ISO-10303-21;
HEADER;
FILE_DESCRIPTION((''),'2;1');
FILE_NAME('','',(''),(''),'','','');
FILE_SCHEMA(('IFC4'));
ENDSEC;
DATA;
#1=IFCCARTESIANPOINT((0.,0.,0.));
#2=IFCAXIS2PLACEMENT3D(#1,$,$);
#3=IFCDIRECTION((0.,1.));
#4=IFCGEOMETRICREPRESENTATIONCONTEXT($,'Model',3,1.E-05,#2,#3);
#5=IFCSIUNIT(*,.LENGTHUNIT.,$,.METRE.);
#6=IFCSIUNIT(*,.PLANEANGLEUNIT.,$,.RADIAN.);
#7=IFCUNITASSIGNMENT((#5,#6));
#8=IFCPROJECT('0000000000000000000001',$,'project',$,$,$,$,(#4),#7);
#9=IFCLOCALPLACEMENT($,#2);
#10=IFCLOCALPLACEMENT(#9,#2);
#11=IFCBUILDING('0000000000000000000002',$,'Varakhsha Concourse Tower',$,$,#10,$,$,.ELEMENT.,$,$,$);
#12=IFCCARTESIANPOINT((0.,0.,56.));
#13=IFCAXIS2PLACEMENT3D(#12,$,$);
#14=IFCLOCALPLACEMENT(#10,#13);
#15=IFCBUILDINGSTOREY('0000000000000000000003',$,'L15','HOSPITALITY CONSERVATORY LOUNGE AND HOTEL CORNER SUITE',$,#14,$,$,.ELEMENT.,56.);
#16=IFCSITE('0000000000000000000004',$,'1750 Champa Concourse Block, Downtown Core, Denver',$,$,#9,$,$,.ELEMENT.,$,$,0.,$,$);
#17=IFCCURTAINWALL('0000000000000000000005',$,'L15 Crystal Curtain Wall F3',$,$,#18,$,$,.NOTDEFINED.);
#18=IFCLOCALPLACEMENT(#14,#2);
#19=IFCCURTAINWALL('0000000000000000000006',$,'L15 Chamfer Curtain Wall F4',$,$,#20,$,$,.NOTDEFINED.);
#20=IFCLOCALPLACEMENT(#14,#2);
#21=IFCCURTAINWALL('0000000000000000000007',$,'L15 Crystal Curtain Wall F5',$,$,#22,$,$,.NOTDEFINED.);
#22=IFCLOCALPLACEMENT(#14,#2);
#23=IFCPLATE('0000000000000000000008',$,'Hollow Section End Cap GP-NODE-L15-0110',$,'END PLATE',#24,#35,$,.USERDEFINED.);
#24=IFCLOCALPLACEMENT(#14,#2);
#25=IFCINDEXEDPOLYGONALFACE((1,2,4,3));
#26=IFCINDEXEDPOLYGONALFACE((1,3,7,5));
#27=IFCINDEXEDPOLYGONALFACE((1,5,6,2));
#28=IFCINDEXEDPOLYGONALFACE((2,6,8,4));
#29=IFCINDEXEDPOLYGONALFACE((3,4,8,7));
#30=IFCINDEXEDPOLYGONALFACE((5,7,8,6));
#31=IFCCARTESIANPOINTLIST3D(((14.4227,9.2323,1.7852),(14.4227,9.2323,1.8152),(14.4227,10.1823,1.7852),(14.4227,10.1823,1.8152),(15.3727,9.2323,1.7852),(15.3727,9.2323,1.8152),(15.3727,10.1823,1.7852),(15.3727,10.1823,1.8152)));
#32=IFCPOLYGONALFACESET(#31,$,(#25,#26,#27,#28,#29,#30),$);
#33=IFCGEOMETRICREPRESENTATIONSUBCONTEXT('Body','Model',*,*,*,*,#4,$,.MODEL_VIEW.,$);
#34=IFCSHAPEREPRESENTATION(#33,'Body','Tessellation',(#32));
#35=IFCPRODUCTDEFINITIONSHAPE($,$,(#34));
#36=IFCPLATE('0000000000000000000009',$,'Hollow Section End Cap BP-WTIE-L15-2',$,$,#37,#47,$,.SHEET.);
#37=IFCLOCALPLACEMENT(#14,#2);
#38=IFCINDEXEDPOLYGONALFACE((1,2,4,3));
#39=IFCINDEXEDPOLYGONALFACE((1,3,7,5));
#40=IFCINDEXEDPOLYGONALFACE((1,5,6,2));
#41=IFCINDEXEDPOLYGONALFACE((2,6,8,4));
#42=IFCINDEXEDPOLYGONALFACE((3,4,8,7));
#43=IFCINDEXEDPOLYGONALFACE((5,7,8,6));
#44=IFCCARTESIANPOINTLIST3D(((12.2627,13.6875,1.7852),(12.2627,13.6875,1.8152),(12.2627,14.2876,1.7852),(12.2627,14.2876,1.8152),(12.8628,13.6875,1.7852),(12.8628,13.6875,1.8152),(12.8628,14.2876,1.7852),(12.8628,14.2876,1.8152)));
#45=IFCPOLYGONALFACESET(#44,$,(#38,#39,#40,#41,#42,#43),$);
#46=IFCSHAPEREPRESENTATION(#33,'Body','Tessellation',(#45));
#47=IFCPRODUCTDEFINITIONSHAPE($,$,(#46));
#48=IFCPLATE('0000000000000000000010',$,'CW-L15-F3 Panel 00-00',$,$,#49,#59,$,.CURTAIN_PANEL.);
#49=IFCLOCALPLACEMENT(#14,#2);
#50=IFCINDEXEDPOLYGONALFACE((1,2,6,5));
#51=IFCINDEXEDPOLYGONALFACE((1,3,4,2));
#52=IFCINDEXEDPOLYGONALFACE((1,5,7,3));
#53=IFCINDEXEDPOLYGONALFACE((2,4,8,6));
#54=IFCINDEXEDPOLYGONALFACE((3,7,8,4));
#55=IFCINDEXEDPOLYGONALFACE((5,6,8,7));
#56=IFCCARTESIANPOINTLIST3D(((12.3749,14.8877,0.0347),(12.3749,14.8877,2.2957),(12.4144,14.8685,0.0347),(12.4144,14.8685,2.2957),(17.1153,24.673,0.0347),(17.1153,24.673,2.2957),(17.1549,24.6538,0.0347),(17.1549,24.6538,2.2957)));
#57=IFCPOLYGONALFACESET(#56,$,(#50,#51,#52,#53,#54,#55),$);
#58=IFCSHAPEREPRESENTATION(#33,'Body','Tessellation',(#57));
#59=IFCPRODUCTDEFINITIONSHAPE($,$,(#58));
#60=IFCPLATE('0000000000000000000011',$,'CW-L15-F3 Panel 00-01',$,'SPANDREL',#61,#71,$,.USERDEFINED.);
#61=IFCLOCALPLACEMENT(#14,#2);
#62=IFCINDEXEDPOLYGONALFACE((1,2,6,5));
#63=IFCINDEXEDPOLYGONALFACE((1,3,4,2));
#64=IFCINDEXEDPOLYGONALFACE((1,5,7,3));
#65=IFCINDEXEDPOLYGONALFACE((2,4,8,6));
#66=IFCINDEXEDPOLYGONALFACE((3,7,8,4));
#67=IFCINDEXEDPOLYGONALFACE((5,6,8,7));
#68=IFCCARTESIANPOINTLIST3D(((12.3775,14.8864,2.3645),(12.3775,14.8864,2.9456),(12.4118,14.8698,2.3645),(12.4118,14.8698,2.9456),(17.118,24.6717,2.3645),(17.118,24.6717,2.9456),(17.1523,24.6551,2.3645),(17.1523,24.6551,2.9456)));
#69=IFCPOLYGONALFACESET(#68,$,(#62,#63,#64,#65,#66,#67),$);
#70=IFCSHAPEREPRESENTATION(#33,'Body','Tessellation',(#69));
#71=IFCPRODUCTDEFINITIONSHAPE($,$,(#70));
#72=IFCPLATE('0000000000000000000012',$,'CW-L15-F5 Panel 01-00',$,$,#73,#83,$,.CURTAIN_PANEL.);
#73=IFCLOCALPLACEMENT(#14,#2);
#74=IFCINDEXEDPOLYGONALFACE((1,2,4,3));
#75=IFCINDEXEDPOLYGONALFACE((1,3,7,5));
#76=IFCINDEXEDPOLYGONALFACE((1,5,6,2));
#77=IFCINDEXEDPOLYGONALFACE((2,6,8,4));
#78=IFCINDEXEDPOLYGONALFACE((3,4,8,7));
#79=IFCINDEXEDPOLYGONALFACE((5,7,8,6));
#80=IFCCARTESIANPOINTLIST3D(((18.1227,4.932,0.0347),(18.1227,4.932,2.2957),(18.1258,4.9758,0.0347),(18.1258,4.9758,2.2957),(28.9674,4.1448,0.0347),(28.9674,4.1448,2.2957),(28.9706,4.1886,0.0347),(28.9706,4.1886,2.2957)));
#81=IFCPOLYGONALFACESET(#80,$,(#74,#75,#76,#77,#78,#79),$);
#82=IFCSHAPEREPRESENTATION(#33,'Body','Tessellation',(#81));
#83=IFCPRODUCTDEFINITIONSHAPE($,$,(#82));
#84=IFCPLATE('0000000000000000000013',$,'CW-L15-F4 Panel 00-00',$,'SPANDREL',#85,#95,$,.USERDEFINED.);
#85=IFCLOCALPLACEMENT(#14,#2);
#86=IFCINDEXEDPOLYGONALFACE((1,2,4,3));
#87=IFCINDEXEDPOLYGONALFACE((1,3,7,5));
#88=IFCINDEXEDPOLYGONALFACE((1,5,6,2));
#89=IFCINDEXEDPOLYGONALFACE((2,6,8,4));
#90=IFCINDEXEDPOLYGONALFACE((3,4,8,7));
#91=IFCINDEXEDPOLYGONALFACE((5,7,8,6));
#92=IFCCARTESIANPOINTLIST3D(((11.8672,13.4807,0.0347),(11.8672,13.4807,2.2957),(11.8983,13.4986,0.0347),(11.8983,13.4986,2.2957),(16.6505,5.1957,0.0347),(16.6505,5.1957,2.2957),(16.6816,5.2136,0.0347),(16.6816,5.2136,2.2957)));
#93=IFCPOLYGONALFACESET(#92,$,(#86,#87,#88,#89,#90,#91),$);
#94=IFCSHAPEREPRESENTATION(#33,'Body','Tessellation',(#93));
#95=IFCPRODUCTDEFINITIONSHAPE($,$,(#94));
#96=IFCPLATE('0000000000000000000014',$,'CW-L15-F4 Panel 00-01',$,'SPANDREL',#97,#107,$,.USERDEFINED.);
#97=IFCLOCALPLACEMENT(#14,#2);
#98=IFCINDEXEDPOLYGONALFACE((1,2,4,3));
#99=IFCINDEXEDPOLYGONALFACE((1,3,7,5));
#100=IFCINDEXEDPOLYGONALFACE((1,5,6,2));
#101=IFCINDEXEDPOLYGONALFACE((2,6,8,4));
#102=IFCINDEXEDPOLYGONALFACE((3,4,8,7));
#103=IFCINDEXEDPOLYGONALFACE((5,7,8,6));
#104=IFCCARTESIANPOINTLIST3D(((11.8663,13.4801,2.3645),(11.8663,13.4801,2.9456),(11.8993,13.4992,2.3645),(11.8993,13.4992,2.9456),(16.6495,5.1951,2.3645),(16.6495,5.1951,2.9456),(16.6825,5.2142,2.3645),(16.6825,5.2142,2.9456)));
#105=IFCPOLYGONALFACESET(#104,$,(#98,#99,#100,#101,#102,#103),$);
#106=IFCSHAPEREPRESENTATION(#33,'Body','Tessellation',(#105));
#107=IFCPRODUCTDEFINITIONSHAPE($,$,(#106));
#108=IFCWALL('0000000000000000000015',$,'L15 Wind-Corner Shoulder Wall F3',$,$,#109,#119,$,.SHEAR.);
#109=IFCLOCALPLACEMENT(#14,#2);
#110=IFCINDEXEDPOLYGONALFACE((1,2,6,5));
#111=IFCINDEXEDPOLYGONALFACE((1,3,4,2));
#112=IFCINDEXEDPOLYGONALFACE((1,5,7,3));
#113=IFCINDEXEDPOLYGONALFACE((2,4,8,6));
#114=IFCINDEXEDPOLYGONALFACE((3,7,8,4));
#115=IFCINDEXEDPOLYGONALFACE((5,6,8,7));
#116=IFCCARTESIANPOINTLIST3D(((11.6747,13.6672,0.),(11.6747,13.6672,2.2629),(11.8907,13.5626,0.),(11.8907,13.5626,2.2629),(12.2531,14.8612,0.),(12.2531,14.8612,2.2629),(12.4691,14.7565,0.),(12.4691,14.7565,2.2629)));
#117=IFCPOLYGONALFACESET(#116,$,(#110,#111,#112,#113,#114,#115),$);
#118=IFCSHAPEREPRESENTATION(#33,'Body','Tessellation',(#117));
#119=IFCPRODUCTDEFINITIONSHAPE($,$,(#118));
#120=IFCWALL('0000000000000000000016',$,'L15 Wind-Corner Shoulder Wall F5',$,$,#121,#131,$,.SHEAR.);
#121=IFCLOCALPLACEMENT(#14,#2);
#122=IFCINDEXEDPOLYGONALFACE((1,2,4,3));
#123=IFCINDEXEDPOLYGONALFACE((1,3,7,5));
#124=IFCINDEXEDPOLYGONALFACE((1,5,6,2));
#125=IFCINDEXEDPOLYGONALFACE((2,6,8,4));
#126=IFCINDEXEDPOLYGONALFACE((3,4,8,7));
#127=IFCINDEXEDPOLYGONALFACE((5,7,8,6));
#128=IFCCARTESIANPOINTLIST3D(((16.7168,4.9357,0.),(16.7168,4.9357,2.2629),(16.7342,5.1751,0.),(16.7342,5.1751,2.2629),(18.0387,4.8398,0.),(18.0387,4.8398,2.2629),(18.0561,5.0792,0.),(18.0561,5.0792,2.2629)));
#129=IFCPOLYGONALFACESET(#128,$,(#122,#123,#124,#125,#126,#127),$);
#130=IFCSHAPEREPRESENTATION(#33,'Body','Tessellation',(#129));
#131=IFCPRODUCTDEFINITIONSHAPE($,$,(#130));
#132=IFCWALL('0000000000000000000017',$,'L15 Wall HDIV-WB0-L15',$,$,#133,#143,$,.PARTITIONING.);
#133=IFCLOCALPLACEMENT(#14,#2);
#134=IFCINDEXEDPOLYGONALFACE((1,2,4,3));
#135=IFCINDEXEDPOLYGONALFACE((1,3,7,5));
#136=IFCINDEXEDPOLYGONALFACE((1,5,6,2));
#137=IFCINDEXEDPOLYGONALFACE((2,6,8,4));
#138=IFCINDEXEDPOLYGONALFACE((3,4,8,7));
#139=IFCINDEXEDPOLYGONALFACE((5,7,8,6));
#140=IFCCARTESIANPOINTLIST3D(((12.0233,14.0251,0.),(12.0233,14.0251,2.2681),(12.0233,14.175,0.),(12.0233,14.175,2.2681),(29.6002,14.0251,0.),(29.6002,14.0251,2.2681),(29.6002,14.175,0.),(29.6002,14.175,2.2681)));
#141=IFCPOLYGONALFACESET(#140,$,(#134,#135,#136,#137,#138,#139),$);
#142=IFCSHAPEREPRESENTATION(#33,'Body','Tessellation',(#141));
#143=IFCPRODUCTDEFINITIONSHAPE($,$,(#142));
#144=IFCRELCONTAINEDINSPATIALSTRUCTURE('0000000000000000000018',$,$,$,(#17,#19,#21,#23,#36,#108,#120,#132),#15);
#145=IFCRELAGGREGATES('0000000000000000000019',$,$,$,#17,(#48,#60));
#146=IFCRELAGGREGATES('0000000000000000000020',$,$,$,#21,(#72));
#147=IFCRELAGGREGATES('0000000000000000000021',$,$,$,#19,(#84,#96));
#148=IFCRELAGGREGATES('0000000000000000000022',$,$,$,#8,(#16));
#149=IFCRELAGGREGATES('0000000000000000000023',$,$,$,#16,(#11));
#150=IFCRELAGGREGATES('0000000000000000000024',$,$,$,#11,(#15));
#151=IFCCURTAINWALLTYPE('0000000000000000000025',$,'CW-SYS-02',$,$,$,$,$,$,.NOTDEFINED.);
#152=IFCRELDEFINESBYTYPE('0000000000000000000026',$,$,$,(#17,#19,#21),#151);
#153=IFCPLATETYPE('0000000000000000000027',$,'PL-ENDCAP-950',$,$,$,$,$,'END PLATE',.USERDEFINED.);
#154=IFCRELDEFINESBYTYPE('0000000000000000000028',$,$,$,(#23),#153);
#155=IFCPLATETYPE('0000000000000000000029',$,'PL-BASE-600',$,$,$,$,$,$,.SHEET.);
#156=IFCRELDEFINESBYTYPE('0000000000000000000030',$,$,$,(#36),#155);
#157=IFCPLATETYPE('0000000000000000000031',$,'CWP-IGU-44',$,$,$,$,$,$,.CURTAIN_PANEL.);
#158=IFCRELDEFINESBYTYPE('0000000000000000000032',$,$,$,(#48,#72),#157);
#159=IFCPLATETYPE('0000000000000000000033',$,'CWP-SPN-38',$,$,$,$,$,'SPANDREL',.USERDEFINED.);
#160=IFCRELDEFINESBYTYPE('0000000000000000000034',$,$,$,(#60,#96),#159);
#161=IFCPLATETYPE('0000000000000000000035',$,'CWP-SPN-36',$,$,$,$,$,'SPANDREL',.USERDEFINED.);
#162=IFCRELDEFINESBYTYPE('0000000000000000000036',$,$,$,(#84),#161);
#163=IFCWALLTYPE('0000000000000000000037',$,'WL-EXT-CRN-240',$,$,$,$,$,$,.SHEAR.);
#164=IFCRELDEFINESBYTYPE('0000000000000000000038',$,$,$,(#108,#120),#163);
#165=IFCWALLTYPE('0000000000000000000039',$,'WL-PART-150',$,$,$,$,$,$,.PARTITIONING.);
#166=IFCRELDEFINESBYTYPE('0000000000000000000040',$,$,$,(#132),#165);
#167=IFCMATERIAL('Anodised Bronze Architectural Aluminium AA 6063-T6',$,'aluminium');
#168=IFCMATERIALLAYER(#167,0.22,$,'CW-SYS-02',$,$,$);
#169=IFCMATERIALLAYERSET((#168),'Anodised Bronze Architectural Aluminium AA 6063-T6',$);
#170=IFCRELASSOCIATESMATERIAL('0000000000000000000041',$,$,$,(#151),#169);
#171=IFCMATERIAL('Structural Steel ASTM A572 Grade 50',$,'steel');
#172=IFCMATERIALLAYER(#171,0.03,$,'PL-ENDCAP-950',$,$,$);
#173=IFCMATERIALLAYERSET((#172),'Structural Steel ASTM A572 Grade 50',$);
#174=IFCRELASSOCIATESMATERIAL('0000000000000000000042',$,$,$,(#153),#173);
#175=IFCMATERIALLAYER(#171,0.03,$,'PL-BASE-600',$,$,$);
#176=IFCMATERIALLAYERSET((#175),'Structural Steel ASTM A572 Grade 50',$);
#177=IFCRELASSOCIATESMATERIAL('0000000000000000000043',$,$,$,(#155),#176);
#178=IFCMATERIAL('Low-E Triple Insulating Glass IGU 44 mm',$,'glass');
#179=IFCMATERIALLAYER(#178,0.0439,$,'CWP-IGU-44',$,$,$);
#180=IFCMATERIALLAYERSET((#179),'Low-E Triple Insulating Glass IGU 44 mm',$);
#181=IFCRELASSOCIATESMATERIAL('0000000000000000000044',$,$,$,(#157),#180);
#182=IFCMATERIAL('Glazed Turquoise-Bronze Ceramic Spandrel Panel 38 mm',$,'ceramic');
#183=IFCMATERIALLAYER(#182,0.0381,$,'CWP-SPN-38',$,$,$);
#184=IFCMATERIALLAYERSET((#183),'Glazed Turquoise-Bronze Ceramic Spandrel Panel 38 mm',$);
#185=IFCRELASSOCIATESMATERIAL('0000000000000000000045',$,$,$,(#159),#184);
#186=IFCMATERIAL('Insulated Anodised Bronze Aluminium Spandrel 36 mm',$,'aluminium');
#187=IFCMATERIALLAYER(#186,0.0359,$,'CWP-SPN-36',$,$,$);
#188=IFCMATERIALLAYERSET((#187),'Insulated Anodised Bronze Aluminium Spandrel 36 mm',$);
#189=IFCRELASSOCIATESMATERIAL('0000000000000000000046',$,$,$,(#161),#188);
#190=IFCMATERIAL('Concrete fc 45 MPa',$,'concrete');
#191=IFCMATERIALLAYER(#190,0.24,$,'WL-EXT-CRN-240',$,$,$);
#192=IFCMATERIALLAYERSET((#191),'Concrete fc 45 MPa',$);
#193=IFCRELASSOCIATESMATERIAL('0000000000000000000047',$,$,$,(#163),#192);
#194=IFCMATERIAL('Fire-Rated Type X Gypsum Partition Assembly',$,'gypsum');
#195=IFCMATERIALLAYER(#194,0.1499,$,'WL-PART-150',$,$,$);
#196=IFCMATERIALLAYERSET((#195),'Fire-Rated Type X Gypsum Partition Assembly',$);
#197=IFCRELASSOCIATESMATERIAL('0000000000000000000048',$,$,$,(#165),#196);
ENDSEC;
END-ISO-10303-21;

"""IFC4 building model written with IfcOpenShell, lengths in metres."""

from ifc_helpers import new_model, si_unit, direction, frame, frame_2d, origin, origin_2d, place, context, subcontext, project, spatial, rectangle, extrude, source, transform, mapped, material, layer, layer_set, type_object, type_shapes, element, aggregate, save


model = new_model("IFC4")

# Units and contexts
model_context = context("Model", 3, precision=1e-05, world=origin(), true_north=direction((0.0, 1.0)))
body_context = subcontext(model_context, "Body", "Model", "MODEL_VIEW")
ifc_project = project(units=[si_unit("LENGTHUNIT", "METRE"), si_unit("PLANEANGLEUNIT", "RADIAN")], contexts=[model_context])

# Site, building, storey
site_placement = place(None, origin())
site = spatial("IfcSite", under=ifc_project, at=site_placement, Name="1750 Champa Concourse Block, Downtown Core, Denver", CompositionType="ELEMENT", RefElevation=0.0)
building_placement = place(site_placement, origin())
building = spatial("IfcBuilding", under=site, at=building_placement, Name="Varakhsha Concourse Tower", CompositionType="ELEMENT")
storey_placement = place(building_placement, frame((0.0, 0.0, 56.0)))
storey = spatial("IfcBuildingStorey", under=building, at=storey_placement, Name="L15", Description="HOSPITALITY CONSERVATORY LOUNGE AND HOTEL CORNER SUITE", CompositionType="ELEMENT", Elevation=56.0)

# Shared definitions
ifc_material_1 = material(Name="Structural Steel ASTM A572 Grade 50", Category="steel")

# Curtain wall
ifc_material_2 = material(Name="Anodised Bronze Architectural Aluminium AA 6063-T6", Category="aluminium")
ifc_layer_1 = layer(ifc_material_2, 0.22, Name="CW-SYS-02")
ifc_layer_set_1 = layer_set([ifc_layer_1], Name="Anodised Bronze Architectural Aluminium AA 6063-T6")
curtain_wall_type = type_object("IfcCurtainWallType", Name="CW-SYS-02", PredefinedType="NOTDEFINED", material=ifc_layer_set_1)
curtain_wall_1_placement = place(storey_placement, origin())
curtain_wall_1 = element("IfcCurtainWall", 1, at=curtain_wall_1_placement, inside=storey, type_object=curtain_wall_type, Name="L15 Crystal Curtain Wall F3", PredefinedType="NOTDEFINED")

# Curtain wall
curtain_wall_2_placement = place(storey_placement, origin())
curtain_wall_2 = element("IfcCurtainWall", 2, at=curtain_wall_2_placement, inside=storey, type_object=curtain_wall_type, Name="L15 Chamfer Curtain Wall F4", PredefinedType="NOTDEFINED")

# Curtain wall
curtain_wall_3_placement = place(storey_placement, origin())
curtain_wall_3 = element("IfcCurtainWall", 3, at=curtain_wall_3_placement, inside=storey, type_object=curtain_wall_type, Name="L15 Crystal Curtain Wall F5", PredefinedType="NOTDEFINED")

# Shared definitions
ifc_material_3 = material(Name="Concrete fc 45 MPa", Category="concrete")

# Plates
ifc_layer_2 = layer(ifc_material_1, 0.03, Name="PL-ENDCAP-950")
ifc_layer_set_2 = layer_set([ifc_layer_2], Name="Structural Steel ASTM A572 Grade 50")
plate_type_1 = type_object("IfcPlateType", Name="PL-ENDCAP-950", ElementType="END PLATE", PredefinedType="USERDEFINED", material=ifc_layer_set_2)
shared_shape_1 = source(origin(), body_context, "Body", "SweptSolid", [
    extrude(rectangle(XDim=0.95, YDim=0.95, at=origin_2d()), origin(), (0.0, 0.0, 1.0), 0.03),
])
type_shapes(plate_type_1, [shared_shape_1])
for number, where, z_axis, x_axis, name in (
    (4, (14.8977, 9.7073, 1.7852), (0.0, 0.0, 1.0), (1.0, 0.0, 0.0), "Hollow Section End Cap GP-NODE-L15-0110"),
):
    element("IfcPlate", number, at=place(storey_placement, frame(where, z_axis=z_axis, x_axis=x_axis)), inside=storey, type_object=plate_type_1, Name=name, ObjectType="END PLATE", PredefinedType="USERDEFINED", context=body_context, shape_type="MappedRepresentation", body=[
        mapped(shared_shape_1, transform((0.0, 0.0, 0.0), scale=1.0)),
    ])
ifc_layer_3 = layer(ifc_material_1, 0.03, Name="PL-BASE-600")
ifc_layer_set_3 = layer_set([ifc_layer_3], Name="Structural Steel ASTM A572 Grade 50")
plate_type_2 = type_object("IfcPlateType", Name="PL-BASE-600", PredefinedType="SHEET", material=ifc_layer_set_3)
shared_shape_2 = source(origin(), body_context, "Body", "SweptSolid", [
    extrude(rectangle(XDim=0.6001, YDim=0.6001, at=origin_2d()), origin(), (0.0, 0.0, 1.0), 0.03),
])
type_shapes(plate_type_2, [shared_shape_2])
plate_1_placement = place(storey_placement, frame((12.5627, 13.9875, 1.7852), z_axis=(0.0, 0.0, 1.0), x_axis=(1.0, 0.0, 0.0)))
element("IfcPlate", 5, at=plate_1_placement, inside=storey, type_object=plate_type_2, Name="Hollow Section End Cap BP-WTIE-L15-2", PredefinedType="SHEET", context=body_context, shape_type="MappedRepresentation", body=[
    mapped(shared_shape_2, transform((0.0, 0.0, 0.0), scale=1.0)),
])

# Plates
ifc_material_4 = material(Name="Low-E Triple Insulating Glass IGU 44 mm", Category="glass")
ifc_layer_4 = layer(ifc_material_4, 0.0439, Name="CWP-IGU-44")
ifc_layer_set_4 = layer_set([ifc_layer_4], Name="Low-E Triple Insulating Glass IGU 44 mm")
plate_type_3 = type_object("IfcPlateType", Name="CWP-IGU-44", PredefinedType="CURTAIN_PANEL", material=ifc_layer_set_4)
shared_shape_3 = source(origin(), body_context, "Body", "SweptSolid", [
    extrude(rectangle(XDim=10.873, YDim=0.0439, at=origin_2d()), origin(), (0.0, 0.0, 1.0), 2.261),
])
plate_2_placement = place(storey_placement, frame((14.7649, 19.7708, 0.0347), z_axis=(0.0, 0.0, 1.0), x_axis=(0.435982, 0.899955, 0.0)))
plate_2 = element("IfcPlate", 6, at=plate_2_placement, type_object=plate_type_3, Name="CW-L15-F3 Panel 00-00", PredefinedType="CURTAIN_PANEL", context=body_context, shape_type="MappedRepresentation", body=[
    mapped(shared_shape_3, transform((0.0, 0.0, 0.0), scale=1.0)),
])
ifc_material_5 = material(Name="Glazed Turquoise-Bronze Ceramic Spandrel Panel 38 mm", Category="ceramic")
ifc_layer_5 = layer(ifc_material_5, 0.0381, Name="CWP-SPN-38")
ifc_layer_set_5 = layer_set([ifc_layer_5], Name="Glazed Turquoise-Bronze Ceramic Spandrel Panel 38 mm")
plate_type_4 = type_object("IfcPlateType", Name="CWP-SPN-38", ElementType="SPANDREL", PredefinedType="USERDEFINED", material=ifc_layer_set_5)
shared_shape_4 = source(origin(), body_context, "Body", "SweptSolid", [
    extrude(rectangle(XDim=10.873, YDim=0.0381, at=origin_2d()), origin(), (0.0, 0.0, 1.0), 0.5811),
])
plate_3_placement = place(storey_placement, frame((14.7649, 19.7708, 2.3645), z_axis=(0.0, 0.0, 1.0), x_axis=(0.435982, 0.899955, 0.0)))
plate_3 = element("IfcPlate", 7, at=plate_3_placement, type_object=plate_type_4, Name="CW-L15-F3 Panel 00-01", ObjectType="SPANDREL", PredefinedType="USERDEFINED", context=body_context, shape_type="MappedRepresentation", body=[
    mapped(shared_shape_4, transform((0.0, 0.0, 0.0), scale=1.0)),
])
aggregate(curtain_wall_1, [plate_2, plate_3])
shared_shape_5 = source(origin(), body_context, "Body", "SweptSolid", [
    extrude(rectangle(XDim=10.8733, YDim=0.0439, at=origin_2d()), origin(), (0.0, 0.0, 1.0), 2.261),
])
type_shapes(plate_type_3, [shared_shape_3, shared_shape_5])
plate_4_placement = place(storey_placement, frame((23.5466, 4.5603, 0.0347), z_axis=(0.0, 0.0, 1.0), x_axis=(-0.997376, 0.072401, 0.0)))
plate_4 = element("IfcPlate", 8, at=plate_4_placement, type_object=plate_type_3, Name="CW-L15-F5 Panel 01-00", PredefinedType="CURTAIN_PANEL", context=body_context, shape_type="MappedRepresentation", body=[
    mapped(shared_shape_5, transform((0.0, 0.0, 0.0), scale=1.0)),
])
aggregate(curtain_wall_3, [plate_4])
ifc_material_6 = material(Name="Insulated Anodised Bronze Aluminium Spandrel 36 mm", Category="aluminium")
ifc_layer_6 = layer(ifc_material_6, 0.0359, Name="CWP-SPN-36")
ifc_layer_set_6 = layer_set([ifc_layer_6], Name="Insulated Anodised Bronze Aluminium Spandrel 36 mm")
plate_type_5 = type_object("IfcPlateType", Name="CWP-SPN-36", ElementType="SPANDREL", PredefinedType="USERDEFINED", material=ifc_layer_set_6)
shared_shape_6 = source(origin(), body_context, "Body", "SweptSolid", [
    extrude(rectangle(XDim=9.5667, YDim=0.0359, at=origin_2d()), origin(), (0.0, 0.0, 1.0), 2.261),
])
type_shapes(plate_type_5, [shared_shape_6])
plate_5_placement = place(storey_placement, frame((14.2744, 9.3472, 0.0347), z_axis=(0.0, 0.0, 1.0), x_axis=(-0.499992, 0.86603, 0.0)))
plate_5 = element("IfcPlate", 9, at=plate_5_placement, type_object=plate_type_5, Name="CW-L15-F4 Panel 00-00", ObjectType="SPANDREL", PredefinedType="USERDEFINED", context=body_context, shape_type="MappedRepresentation", body=[
    mapped(shared_shape_6, transform((0.0, 0.0, 0.0), scale=1.0)),
])
shared_shape_7 = source(origin(), body_context, "Body", "SweptSolid", [
    extrude(rectangle(XDim=9.5667, YDim=0.0381, at=origin_2d()), origin(), (0.0, 0.0, 1.0), 0.5811),
])
type_shapes(plate_type_4, [shared_shape_4, shared_shape_7])
plate_6_placement = place(storey_placement, frame((14.2744, 9.3472, 2.3645), z_axis=(0.0, 0.0, 1.0), x_axis=(-0.499992, 0.86603, 0.0)))
plate_6 = element("IfcPlate", 10, at=plate_6_placement, type_object=plate_type_4, Name="CW-L15-F4 Panel 00-01", ObjectType="SPANDREL", PredefinedType="USERDEFINED", context=body_context, shape_type="MappedRepresentation", body=[
    mapped(shared_shape_7, transform((0.0, 0.0, 0.0), scale=1.0)),
])
aggregate(curtain_wall_2, [plate_5, plate_6])

# Walls
ifc_layer_7 = layer(ifc_material_3, 0.24, Name="WL-EXT-CRN-240")
ifc_layer_set_7 = layer_set([ifc_layer_7], Name="Concrete fc 45 MPa")
wall_type_1 = type_object("IfcWallType", Name="WL-EXT-CRN-240", PredefinedType="SHEAR", material=ifc_layer_set_7)
wall_1_placement = place(storey_placement, frame((12.3611, 14.8088, 0.0), z_axis=(0.0, 0.0, 1.0), x_axis=(-0.435989, -0.899952, 0.0)))
element("IfcWall", 11, at=wall_1_placement, inside=storey, type_object=wall_type_1, Name="L15 Wind-Corner Shoulder Wall F3", PredefinedType="SHEAR", context=body_context, shape_type="SweptSolid", body=[
    extrude(rectangle(XDim=1.3267, YDim=0.24, at=frame_2d((0.6633, 0.0))), origin(), (0.0, 0.0, 1.0), 2.2629),
])
wall_2_placement = place(storey_placement, frame((16.7256, 5.0554, 0.0), z_axis=(0.0, 0.0, 1.0), x_axis=(0.997377, -0.072386, 0.0)))
element("IfcWall", 12, at=wall_2_placement, inside=storey, type_object=wall_type_1, Name="L15 Wind-Corner Shoulder Wall F5", PredefinedType="SHEAR", context=body_context, shape_type="SweptSolid", body=[
    extrude(rectangle(XDim=1.3254, YDim=0.24, at=frame_2d((0.6626, 0.0))), origin(), (0.0, 0.0, 1.0), 2.2629),
])
ifc_material_7 = material(Name="Fire-Rated Type X Gypsum Partition Assembly", Category="gypsum")
ifc_layer_8 = layer(ifc_material_7, 0.1499, Name="WL-PART-150")
ifc_layer_set_8 = layer_set([ifc_layer_8], Name="Fire-Rated Type X Gypsum Partition Assembly")
wall_type_2 = type_object("IfcWallType", Name="WL-PART-150", PredefinedType="PARTITIONING", material=ifc_layer_set_8)
wall_3_placement = place(storey_placement, frame((12.0232, 14.1001, 0.0), z_axis=(0.0, 0.0, 1.0), x_axis=(1.0, 0.0, 0.0)))
element("IfcWall", 13, at=wall_3_placement, inside=storey, type_object=wall_type_2, Name="L15 Wall HDIV-WB0-L15", PredefinedType="PARTITIONING", context=body_context, shape_type="SweptSolid", body=[
    extrude(rectangle(XDim=17.5769, YDim=0.1499, at=frame_2d((8.7886, 0.0))), origin(), (0.0, 0.0, 1.0), 2.2681),
])

save(model, "model.ifc")
